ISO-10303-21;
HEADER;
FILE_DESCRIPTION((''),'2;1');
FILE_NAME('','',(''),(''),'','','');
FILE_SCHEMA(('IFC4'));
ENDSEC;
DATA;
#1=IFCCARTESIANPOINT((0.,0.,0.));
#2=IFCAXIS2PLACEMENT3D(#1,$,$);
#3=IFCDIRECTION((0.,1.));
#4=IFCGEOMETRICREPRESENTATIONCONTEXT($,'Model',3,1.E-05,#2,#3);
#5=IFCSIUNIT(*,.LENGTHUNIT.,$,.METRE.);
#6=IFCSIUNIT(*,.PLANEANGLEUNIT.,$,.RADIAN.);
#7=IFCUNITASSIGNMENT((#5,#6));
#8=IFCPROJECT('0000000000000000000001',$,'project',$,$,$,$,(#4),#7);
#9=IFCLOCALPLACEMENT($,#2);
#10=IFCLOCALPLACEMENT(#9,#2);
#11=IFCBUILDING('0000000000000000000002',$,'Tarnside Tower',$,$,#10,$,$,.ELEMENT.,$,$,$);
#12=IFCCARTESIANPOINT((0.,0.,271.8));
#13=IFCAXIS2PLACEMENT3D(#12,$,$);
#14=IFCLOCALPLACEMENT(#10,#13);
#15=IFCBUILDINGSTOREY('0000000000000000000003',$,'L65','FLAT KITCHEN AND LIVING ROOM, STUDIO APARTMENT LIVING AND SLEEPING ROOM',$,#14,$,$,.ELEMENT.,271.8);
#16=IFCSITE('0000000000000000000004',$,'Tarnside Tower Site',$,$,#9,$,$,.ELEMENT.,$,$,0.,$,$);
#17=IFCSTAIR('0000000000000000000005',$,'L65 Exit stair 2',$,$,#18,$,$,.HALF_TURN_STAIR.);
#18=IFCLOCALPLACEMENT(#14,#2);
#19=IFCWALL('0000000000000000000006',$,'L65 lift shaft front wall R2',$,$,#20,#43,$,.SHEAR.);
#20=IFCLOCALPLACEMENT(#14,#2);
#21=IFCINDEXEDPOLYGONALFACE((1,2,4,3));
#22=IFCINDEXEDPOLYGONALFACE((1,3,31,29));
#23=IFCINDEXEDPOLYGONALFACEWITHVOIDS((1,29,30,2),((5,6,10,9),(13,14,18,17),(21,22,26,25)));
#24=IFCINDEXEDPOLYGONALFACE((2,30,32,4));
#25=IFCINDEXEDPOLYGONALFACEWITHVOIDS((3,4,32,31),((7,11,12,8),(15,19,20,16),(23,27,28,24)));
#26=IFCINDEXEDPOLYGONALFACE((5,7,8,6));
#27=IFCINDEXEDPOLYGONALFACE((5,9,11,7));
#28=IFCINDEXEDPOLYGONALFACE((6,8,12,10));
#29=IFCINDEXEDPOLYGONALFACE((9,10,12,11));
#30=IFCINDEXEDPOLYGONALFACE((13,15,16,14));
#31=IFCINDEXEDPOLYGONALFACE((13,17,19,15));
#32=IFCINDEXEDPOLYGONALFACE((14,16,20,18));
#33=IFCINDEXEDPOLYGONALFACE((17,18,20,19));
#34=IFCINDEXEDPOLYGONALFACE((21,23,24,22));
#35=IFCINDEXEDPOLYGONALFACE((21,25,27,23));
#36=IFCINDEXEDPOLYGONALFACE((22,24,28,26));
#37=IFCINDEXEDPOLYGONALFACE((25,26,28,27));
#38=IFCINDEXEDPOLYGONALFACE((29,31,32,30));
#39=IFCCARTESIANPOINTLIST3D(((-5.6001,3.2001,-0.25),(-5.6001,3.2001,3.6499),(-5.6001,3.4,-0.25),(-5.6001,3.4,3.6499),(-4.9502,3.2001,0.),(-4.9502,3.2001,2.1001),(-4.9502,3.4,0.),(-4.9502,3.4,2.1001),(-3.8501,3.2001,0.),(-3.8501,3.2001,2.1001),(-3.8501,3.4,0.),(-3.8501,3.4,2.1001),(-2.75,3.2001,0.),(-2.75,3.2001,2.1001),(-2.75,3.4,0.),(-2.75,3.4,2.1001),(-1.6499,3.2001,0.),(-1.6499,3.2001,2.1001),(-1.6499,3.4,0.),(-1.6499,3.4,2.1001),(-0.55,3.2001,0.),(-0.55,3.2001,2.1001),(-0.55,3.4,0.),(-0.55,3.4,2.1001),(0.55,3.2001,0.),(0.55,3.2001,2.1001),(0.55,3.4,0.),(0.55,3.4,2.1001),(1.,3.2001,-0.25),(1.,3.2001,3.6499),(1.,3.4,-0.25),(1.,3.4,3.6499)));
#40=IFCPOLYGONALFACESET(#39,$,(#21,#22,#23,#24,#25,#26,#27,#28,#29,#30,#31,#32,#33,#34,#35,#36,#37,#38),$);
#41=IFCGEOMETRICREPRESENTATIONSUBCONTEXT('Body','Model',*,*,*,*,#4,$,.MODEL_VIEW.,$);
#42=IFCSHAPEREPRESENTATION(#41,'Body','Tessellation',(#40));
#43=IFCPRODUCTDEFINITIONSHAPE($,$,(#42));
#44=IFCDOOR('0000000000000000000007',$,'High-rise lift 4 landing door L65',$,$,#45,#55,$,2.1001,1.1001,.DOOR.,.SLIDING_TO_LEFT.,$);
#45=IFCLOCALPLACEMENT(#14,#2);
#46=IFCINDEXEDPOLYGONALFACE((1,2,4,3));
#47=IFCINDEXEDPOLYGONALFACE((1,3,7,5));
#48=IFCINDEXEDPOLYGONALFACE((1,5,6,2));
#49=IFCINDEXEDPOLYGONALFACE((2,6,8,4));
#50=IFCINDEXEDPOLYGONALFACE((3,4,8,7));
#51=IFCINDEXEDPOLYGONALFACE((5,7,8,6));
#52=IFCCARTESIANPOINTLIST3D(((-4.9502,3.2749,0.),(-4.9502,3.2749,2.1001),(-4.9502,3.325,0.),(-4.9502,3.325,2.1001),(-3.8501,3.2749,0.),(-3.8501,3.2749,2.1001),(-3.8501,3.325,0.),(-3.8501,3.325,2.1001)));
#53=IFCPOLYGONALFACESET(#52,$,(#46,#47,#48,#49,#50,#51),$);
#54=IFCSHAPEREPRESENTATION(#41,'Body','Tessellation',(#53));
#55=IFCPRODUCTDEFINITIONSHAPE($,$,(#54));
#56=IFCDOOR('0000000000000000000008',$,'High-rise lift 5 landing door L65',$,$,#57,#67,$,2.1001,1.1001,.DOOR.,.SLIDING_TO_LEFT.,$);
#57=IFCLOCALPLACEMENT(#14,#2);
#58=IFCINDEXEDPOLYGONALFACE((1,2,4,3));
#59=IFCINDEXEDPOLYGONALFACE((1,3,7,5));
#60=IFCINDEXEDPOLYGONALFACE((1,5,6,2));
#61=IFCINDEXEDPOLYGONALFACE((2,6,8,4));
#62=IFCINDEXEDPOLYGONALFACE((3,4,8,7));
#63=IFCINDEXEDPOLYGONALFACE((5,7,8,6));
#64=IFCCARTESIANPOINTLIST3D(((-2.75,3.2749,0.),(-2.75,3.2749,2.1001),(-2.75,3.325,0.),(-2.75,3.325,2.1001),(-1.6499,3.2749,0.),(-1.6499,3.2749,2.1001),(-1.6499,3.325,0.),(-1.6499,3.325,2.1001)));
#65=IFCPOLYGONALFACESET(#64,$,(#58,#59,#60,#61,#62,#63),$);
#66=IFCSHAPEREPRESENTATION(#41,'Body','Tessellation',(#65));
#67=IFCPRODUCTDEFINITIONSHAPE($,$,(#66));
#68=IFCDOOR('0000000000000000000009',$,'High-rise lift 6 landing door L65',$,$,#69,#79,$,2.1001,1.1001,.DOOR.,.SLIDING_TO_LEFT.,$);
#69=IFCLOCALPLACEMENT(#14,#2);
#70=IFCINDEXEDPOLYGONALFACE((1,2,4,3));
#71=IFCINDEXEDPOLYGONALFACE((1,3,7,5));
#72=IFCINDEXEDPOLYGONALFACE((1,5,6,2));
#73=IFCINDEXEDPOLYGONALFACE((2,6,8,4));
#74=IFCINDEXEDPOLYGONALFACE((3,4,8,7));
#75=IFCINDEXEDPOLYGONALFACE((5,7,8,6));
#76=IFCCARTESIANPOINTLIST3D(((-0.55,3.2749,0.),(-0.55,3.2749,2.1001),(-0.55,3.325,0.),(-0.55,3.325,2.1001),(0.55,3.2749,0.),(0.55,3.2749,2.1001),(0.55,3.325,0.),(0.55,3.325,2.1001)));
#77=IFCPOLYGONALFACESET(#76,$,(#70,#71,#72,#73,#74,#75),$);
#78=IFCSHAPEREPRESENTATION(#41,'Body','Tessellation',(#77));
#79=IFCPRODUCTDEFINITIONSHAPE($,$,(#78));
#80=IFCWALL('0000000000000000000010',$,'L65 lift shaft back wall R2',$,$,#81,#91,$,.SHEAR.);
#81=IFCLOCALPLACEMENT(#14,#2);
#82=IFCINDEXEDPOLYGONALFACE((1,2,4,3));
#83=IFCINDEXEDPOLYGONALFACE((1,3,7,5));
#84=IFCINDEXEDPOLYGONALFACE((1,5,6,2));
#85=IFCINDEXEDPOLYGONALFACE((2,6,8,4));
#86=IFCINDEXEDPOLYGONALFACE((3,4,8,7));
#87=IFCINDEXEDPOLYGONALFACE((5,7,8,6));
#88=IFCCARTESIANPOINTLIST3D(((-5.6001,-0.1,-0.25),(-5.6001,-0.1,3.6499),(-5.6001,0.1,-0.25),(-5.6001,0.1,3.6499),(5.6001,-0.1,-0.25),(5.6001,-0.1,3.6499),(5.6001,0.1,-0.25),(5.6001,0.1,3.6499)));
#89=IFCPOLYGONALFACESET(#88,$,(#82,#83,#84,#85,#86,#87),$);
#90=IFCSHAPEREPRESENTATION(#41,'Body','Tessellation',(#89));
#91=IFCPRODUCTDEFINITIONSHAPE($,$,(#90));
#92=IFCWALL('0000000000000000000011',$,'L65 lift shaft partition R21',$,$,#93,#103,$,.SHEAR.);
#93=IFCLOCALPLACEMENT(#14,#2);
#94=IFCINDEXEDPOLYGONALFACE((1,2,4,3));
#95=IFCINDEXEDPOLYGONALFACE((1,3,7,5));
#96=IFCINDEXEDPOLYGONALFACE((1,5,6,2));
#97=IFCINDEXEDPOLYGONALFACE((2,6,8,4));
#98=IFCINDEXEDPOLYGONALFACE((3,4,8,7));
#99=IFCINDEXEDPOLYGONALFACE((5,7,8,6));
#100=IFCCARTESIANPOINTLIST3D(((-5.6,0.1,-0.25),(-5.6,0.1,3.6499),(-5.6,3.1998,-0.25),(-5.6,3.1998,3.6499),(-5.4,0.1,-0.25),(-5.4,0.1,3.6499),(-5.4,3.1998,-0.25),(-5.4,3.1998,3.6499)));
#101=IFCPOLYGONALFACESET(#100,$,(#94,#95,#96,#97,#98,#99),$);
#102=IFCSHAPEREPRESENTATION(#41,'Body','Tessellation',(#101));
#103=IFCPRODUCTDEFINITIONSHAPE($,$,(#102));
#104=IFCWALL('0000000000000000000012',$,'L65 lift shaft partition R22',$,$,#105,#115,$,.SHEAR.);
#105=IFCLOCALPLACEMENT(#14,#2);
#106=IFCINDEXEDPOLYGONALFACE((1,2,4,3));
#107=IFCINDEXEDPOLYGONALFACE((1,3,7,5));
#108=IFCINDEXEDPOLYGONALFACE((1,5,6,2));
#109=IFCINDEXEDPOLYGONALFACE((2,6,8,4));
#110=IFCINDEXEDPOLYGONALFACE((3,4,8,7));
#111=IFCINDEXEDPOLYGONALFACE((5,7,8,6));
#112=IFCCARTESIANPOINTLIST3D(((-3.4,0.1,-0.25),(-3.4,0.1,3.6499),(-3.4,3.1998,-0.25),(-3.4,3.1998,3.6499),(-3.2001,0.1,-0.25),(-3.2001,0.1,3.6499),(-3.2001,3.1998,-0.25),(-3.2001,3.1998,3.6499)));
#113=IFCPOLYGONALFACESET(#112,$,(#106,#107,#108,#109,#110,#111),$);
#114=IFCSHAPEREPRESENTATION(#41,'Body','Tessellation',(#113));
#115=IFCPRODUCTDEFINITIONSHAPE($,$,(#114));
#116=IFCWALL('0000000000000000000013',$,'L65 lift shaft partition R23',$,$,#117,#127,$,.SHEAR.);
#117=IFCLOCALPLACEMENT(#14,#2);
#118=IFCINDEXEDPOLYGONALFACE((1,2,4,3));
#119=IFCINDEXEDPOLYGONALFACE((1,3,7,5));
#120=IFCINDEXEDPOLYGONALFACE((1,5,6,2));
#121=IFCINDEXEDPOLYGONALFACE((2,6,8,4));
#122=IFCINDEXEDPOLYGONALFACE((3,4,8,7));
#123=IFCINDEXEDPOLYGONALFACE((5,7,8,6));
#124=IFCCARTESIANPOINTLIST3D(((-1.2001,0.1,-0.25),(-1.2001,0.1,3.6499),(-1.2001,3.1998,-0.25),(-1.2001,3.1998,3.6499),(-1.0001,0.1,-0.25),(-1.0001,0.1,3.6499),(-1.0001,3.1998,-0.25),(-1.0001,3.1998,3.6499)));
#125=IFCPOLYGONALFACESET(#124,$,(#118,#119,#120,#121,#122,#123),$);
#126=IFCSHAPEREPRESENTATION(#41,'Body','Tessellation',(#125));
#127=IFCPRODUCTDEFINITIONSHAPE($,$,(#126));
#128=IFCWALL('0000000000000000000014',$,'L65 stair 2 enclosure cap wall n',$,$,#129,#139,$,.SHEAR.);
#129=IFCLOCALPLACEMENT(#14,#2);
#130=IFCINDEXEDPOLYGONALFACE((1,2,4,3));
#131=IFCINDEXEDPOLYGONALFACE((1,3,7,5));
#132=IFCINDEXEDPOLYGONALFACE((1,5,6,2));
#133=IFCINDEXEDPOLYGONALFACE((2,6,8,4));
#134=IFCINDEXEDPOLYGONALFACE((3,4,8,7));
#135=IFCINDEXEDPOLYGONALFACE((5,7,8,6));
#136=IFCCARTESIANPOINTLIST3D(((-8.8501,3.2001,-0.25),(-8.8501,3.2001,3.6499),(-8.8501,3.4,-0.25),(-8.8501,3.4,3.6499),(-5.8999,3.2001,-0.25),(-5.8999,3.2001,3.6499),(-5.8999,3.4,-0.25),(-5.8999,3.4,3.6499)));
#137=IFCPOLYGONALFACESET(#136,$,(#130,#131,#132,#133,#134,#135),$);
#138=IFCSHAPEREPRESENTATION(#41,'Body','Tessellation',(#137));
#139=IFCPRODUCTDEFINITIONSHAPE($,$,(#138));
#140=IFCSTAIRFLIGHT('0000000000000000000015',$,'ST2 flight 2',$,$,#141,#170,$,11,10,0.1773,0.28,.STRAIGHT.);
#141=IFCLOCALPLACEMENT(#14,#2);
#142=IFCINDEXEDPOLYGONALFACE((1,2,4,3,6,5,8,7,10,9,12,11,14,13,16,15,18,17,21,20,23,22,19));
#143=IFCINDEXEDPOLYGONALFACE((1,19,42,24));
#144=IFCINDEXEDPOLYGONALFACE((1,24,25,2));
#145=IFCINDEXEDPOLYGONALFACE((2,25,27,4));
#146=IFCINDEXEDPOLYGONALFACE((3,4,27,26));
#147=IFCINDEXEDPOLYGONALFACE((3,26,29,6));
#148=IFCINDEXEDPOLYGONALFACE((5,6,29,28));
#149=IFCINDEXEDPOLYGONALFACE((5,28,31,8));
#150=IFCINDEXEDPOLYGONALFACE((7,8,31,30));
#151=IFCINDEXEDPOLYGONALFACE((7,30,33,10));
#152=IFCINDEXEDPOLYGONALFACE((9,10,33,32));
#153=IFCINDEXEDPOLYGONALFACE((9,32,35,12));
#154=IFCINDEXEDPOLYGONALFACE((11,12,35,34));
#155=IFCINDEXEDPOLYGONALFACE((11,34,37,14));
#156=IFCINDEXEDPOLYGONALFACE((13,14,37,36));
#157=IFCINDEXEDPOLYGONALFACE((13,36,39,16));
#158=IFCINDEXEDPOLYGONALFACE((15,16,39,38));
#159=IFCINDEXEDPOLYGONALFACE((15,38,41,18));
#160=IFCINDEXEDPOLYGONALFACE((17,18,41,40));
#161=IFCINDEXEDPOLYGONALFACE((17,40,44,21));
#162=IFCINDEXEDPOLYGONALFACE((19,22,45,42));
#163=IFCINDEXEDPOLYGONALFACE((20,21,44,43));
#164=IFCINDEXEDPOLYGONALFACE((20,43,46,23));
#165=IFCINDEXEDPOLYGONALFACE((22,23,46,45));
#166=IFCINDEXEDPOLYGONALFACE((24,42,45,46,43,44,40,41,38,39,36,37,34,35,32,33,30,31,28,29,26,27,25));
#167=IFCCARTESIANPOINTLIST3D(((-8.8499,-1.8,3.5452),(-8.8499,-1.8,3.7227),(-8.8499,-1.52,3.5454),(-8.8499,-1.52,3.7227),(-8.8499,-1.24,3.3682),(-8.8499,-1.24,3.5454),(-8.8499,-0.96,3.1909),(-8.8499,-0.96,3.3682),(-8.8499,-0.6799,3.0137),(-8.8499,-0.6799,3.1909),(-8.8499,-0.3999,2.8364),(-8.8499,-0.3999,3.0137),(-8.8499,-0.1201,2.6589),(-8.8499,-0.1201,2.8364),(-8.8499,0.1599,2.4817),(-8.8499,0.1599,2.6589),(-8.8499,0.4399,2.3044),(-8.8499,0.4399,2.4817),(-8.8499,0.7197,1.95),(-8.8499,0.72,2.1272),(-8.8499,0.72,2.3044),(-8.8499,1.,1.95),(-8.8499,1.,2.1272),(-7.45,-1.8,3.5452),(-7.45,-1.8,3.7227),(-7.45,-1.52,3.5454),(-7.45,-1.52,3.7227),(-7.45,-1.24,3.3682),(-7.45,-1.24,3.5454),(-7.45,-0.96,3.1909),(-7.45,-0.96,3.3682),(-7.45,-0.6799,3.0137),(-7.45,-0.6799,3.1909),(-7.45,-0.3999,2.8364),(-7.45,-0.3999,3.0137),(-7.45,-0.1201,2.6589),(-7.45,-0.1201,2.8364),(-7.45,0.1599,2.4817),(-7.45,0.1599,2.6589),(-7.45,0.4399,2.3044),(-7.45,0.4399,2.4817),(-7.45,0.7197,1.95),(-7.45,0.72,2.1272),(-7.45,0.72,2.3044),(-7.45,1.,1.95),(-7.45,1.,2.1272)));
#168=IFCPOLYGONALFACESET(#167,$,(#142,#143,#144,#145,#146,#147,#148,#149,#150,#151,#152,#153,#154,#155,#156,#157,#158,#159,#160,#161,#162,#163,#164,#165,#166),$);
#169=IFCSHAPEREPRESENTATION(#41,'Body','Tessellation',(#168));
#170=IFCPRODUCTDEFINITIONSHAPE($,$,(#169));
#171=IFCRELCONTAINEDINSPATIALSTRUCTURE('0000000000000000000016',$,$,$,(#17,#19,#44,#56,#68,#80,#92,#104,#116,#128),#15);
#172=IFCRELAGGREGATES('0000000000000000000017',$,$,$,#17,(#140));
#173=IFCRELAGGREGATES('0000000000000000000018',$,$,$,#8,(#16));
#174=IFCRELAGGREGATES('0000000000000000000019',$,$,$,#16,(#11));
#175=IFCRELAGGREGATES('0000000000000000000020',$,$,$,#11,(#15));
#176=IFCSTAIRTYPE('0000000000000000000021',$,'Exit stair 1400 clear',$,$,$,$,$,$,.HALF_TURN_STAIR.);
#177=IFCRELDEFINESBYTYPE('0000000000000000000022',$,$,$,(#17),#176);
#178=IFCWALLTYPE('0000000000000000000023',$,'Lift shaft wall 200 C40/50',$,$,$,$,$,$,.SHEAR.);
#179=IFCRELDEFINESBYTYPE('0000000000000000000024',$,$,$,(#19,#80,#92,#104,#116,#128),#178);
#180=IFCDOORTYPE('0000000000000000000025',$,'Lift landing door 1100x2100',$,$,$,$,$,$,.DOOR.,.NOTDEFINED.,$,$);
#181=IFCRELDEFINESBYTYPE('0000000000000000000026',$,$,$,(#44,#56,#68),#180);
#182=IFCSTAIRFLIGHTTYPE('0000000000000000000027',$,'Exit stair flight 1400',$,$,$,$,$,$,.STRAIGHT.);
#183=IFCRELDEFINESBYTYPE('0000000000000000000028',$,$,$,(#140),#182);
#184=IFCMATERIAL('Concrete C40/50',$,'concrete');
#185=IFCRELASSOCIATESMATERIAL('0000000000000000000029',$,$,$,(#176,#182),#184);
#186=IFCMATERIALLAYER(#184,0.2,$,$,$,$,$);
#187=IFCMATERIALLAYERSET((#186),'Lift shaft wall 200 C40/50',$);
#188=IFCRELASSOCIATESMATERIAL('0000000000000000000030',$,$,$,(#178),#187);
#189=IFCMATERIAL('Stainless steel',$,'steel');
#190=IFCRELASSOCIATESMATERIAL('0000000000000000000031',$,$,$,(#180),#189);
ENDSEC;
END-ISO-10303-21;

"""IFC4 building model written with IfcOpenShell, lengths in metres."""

from ifc_helpers import new_model, si_unit, direction, frame, frame_2d, origin, place, context, subcontext, project, spatial, polyline, rectangle, outline, extrude, material, layer, layer_set, type_object, element, fill, aggregate, save


model = new_model("IFC4")

# Units and contexts
model_context = context("Model", 3, precision=1e-05, world=origin(), true_north=direction((0.0, 1.0)))
body_context = subcontext(model_context, "Body", "Model", "MODEL_VIEW")
ifc_project = project(units=[si_unit("LENGTHUNIT", "METRE"), si_unit("PLANEANGLEUNIT", "RADIAN")], contexts=[model_context])

# Site, building, storey
site_placement = place(None, origin())
site = spatial("IfcSite", under=ifc_project, at=site_placement, Name="Tarnside Tower Site", CompositionType="ELEMENT", RefElevation=0.0)
building_placement = place(site_placement, origin())
building = spatial("IfcBuilding", under=site, at=building_placement, Name="Tarnside Tower", CompositionType="ELEMENT")
storey_placement = place(building_placement, frame((0.0, 0.0, 271.8)))
storey = spatial("IfcBuildingStorey", under=building, at=storey_placement, Name="L65", Description="FLAT KITCHEN AND LIVING ROOM, STUDIO APARTMENT LIVING AND SLEEPING ROOM", CompositionType="ELEMENT", Elevation=271.8)

# Shared definitions
ifc_material_1 = material(Name="Concrete C40/50", Category="concrete")

# Stair
stair_type = type_object("IfcStairType", Name="Exit stair 1400 clear", PredefinedType="HALF_TURN_STAIR", material=ifc_material_1)
stair_1_placement = place(storey_placement, origin())
stair_1 = element("IfcStair", 1, at=stair_1_placement, inside=storey, type_object=stair_type, Name="L65 Exit stair 2", PredefinedType="HALF_TURN_STAIR")

# Wall, openings, doors
ifc_layer_1 = layer(ifc_material_1, 0.2)
ifc_layer_set_1 = layer_set([ifc_layer_1], Name="Lift shaft wall 200 C40/50")
wall_type_1 = type_object("IfcWallType", Name="Lift shaft wall 200 C40/50", PredefinedType="SHEAR", material=ifc_layer_set_1)
ifc_material_2 = material(Name="Stainless steel", Category="steel")
door_type_1 = type_object("IfcDoorType", Name="Lift landing door 1100x2100", OperationType="NOTDEFINED", PredefinedType="DOOR", material=ifc_material_2)
wall_1_placement = place(storey_placement, frame((-5.6001, 3.3, -0.25), z_axis=(0.0, 0.0, 1.0), x_axis=(1.0, 0.0, 0.0)))
wall_1 = element("IfcWall", 2, at=wall_1_placement, inside=storey, type_object=wall_type_1, Name="L65 lift shaft front wall R2", PredefinedType="SHEAR", context=body_context, shape_type="SweptSolid", body=[
    extrude(rectangle(XDim=6.6001, YDim=0.2, at=frame_2d((3.3, 0.0))), origin(), (0.0, 0.0, 1.0), 3.8999),
])
opening_1_placement = place(wall_1_placement, frame((0.6499, 0.0, 0.25)))
opening_1 = element("IfcOpeningElement", 3, at=opening_1_placement, cuts=wall_1, PredefinedType="OPENING", context=body_context, shape_type="SweptSolid", body=[
    extrude(rectangle(XDim=1.1001, YDim=2.1001, at=frame_2d((0.55, 1.05))), frame((0.0, 0.1099, 0.0), z_axis=(0.0, -1.0, 0.0), x_axis=(1.0, 0.0, 0.0)), (0.0, 0.0, 1.0), 0.22),
])
opening_2_placement = place(wall_1_placement, frame((2.8501, 0.0, 0.25)))
opening_2 = element("IfcOpeningElement", 4, at=opening_2_placement, cuts=wall_1, PredefinedType="OPENING", context=body_context, shape_type="SweptSolid", body=[
    extrude(rectangle(XDim=1.1001, YDim=2.1001, at=frame_2d((0.55, 1.05))), frame((0.0, 0.1099, 0.0), z_axis=(0.0, -1.0, 0.0), x_axis=(1.0, 0.0, 0.0)), (0.0, 0.0, 1.0), 0.22),
])
opening_3_placement = place(wall_1_placement, frame((5.05, 0.0, 0.25)))
opening_3 = element("IfcOpeningElement", 5, at=opening_3_placement, cuts=wall_1, PredefinedType="OPENING", context=body_context, shape_type="SweptSolid", body=[
    extrude(rectangle(XDim=1.1001, YDim=2.1001, at=frame_2d((0.55, 1.05))), frame((0.0, 0.1099, 0.0), z_axis=(0.0, -1.0, 0.0), x_axis=(1.0, 0.0, 0.0)), (0.0, 0.0, 1.0), 0.22),
])
door_1_placement = place(opening_1_placement, origin())
door_1 = element("IfcDoor", 6, at=door_1_placement, inside=storey, type_object=door_type_1, Name="High-rise lift 4 landing door L65", OperationType="SLIDING_TO_LEFT", OverallHeight=2.1001, OverallWidth=1.1001, PredefinedType="DOOR", context=body_context, shape_type="SweptSolid", body=[
    extrude(rectangle(XDim=1.1001, YDim=2.1001, at=frame_2d((0.55, 1.05))), frame((0.0, 0.0249, 0.0), z_axis=(0.0, -1.0, 0.0), x_axis=(1.0, 0.0, 0.0)), (0.0, 0.0, 1.0), 0.05),
])
fill(opening_1, door_1)
door_2_placement = place(opening_2_placement, origin())
door_2 = element("IfcDoor", 7, at=door_2_placement, inside=storey, type_object=door_type_1, Name="High-rise lift 5 landing door L65", OperationType="SLIDING_TO_LEFT", OverallHeight=2.1001, OverallWidth=1.1001, PredefinedType="DOOR", context=body_context, shape_type="SweptSolid", body=[
    extrude(rectangle(XDim=1.1001, YDim=2.1001, at=frame_2d((0.55, 1.05))), frame((0.0, 0.0249, 0.0), z_axis=(0.0, -1.0, 0.0), x_axis=(1.0, 0.0, 0.0)), (0.0, 0.0, 1.0), 0.05),
])
fill(opening_2, door_2)
door_3_placement = place(opening_3_placement, origin())
door_3 = element("IfcDoor", 8, at=door_3_placement, inside=storey, type_object=door_type_1, Name="High-rise lift 6 landing door L65", OperationType="SLIDING_TO_LEFT", OverallHeight=2.1001, OverallWidth=1.1001, PredefinedType="DOOR", context=body_context, shape_type="SweptSolid", body=[
    extrude(rectangle(XDim=1.1001, YDim=2.1001, at=frame_2d((0.55, 1.05))), frame((0.0, 0.0249, 0.0), z_axis=(0.0, -1.0, 0.0), x_axis=(1.0, 0.0, 0.0)), (0.0, 0.0, 1.0), 0.05),
])
fill(opening_3, door_3)

# Walls
wall_2_placement = place(storey_placement, frame((-5.6001, 0.0, -0.25), z_axis=(0.0, 0.0, 1.0), x_axis=(1.0, 0.0, 0.0)))
element("IfcWall", 9, at=wall_2_placement, inside=storey, type_object=wall_type_1, Name="L65 lift shaft back wall R2", PredefinedType="SHEAR", context=body_context, shape_type="SweptSolid", body=[
    extrude(rectangle(XDim=11.2002, YDim=0.2, at=frame_2d((5.6001, 0.0))), origin(), (0.0, 0.0, 1.0), 3.8999),
])
for number, where, z_axis, x_axis, name in (
    (10, (-5.5, 0.1001, -0.25), (0.0, 0.0, 1.0), (0.0, 1.0, 0.0), "L65 lift shaft partition R21"),
    (11, (-3.3, 0.1001, -0.25), (0.0, 0.0, 1.0), (0.0, 1.0, 0.0), "L65 lift shaft partition R22"),
    (12, (-1.1001, 0.1001, -0.25), (0.0, 0.0, 1.0), (0.0, 1.0, 0.0), "L65 lift shaft partition R23"),
):
    element("IfcWall", number, at=place(storey_placement, frame(where, z_axis=z_axis, x_axis=x_axis)), inside=storey, type_object=wall_type_1, Name=name, PredefinedType="SHEAR", context=body_context, shape_type="SweptSolid", body=[
        extrude(rectangle(XDim=3.0999, YDim=0.2, at=frame_2d((1.5498, 0.0))), origin(), (0.0, 0.0, 1.0), 3.8999),
    ])
wall_3_placement = place(storey_placement, frame((-8.8501, 3.3, -0.25), z_axis=(0.0, 0.0, 1.0), x_axis=(1.0, 0.0, 0.0)))
element("IfcWall", 13, at=wall_3_placement, inside=storey, type_object=wall_type_1, Name="L65 stair 2 enclosure cap wall n", PredefinedType="SHEAR", context=body_context, shape_type="SweptSolid", body=[
    extrude(rectangle(XDim=2.9502, YDim=0.2, at=frame_2d((1.4751, 0.0))), origin(), (0.0, 0.0, 1.0), 3.8999),
])

# Stair flight
stair_flight_type = type_object("IfcStairFlightType", Name="Exit stair flight 1400", PredefinedType="STRAIGHT", material=ifc_material_1)
stair_flight_placement = place(storey_placement, frame((-8.1499, 1.0, 1.95), z_axis=(0.0, 0.0, 1.0), x_axis=(0.0, -1.0, 0.0)))
stair_flight = element("IfcStairFlight", 14, at=stair_flight_placement, type_object=stair_flight_type, Name="ST2 flight 2", NumberOfRisers=11, NumberOfTreads=10, PredefinedType="STRAIGHT", RiserHeight=0.1773, TreadLength=0.28, context=body_context, shape_type="SweptSolid", body=[
    extrude(outline(polyline([(0.0, 0.0), (0.0, 0.1772), (0.28, 0.1772), (0.28, 0.3545), (0.5601, 0.3545), (0.5601, 0.5317), (0.8401, 0.5317), (0.8401, 0.709), (1.1201, 0.709), (1.1201, 0.8865), (1.3999, 0.8865), (1.3999, 1.0637), (1.6799, 1.0637), (1.6799, 1.241), (1.96, 1.241), (1.96, 1.4182), (2.24, 1.4182), (2.24, 1.5955), (2.52, 1.5955), (2.52, 1.7727), (2.8, 1.7727), (2.8, 1.95), (2.8, 1.5952), (0.2803, 0.0), (0.0, 0.0)])), frame((0.0, 0.7, 0.0), z_axis=(0.0, -1.0, 0.0), x_axis=(1.0, 0.0, 0.0)), (0.0, 0.0, 1.0), 1.3999),
])
aggregate(stair_1, [stair_flight])

save(model, "model.ifc")
